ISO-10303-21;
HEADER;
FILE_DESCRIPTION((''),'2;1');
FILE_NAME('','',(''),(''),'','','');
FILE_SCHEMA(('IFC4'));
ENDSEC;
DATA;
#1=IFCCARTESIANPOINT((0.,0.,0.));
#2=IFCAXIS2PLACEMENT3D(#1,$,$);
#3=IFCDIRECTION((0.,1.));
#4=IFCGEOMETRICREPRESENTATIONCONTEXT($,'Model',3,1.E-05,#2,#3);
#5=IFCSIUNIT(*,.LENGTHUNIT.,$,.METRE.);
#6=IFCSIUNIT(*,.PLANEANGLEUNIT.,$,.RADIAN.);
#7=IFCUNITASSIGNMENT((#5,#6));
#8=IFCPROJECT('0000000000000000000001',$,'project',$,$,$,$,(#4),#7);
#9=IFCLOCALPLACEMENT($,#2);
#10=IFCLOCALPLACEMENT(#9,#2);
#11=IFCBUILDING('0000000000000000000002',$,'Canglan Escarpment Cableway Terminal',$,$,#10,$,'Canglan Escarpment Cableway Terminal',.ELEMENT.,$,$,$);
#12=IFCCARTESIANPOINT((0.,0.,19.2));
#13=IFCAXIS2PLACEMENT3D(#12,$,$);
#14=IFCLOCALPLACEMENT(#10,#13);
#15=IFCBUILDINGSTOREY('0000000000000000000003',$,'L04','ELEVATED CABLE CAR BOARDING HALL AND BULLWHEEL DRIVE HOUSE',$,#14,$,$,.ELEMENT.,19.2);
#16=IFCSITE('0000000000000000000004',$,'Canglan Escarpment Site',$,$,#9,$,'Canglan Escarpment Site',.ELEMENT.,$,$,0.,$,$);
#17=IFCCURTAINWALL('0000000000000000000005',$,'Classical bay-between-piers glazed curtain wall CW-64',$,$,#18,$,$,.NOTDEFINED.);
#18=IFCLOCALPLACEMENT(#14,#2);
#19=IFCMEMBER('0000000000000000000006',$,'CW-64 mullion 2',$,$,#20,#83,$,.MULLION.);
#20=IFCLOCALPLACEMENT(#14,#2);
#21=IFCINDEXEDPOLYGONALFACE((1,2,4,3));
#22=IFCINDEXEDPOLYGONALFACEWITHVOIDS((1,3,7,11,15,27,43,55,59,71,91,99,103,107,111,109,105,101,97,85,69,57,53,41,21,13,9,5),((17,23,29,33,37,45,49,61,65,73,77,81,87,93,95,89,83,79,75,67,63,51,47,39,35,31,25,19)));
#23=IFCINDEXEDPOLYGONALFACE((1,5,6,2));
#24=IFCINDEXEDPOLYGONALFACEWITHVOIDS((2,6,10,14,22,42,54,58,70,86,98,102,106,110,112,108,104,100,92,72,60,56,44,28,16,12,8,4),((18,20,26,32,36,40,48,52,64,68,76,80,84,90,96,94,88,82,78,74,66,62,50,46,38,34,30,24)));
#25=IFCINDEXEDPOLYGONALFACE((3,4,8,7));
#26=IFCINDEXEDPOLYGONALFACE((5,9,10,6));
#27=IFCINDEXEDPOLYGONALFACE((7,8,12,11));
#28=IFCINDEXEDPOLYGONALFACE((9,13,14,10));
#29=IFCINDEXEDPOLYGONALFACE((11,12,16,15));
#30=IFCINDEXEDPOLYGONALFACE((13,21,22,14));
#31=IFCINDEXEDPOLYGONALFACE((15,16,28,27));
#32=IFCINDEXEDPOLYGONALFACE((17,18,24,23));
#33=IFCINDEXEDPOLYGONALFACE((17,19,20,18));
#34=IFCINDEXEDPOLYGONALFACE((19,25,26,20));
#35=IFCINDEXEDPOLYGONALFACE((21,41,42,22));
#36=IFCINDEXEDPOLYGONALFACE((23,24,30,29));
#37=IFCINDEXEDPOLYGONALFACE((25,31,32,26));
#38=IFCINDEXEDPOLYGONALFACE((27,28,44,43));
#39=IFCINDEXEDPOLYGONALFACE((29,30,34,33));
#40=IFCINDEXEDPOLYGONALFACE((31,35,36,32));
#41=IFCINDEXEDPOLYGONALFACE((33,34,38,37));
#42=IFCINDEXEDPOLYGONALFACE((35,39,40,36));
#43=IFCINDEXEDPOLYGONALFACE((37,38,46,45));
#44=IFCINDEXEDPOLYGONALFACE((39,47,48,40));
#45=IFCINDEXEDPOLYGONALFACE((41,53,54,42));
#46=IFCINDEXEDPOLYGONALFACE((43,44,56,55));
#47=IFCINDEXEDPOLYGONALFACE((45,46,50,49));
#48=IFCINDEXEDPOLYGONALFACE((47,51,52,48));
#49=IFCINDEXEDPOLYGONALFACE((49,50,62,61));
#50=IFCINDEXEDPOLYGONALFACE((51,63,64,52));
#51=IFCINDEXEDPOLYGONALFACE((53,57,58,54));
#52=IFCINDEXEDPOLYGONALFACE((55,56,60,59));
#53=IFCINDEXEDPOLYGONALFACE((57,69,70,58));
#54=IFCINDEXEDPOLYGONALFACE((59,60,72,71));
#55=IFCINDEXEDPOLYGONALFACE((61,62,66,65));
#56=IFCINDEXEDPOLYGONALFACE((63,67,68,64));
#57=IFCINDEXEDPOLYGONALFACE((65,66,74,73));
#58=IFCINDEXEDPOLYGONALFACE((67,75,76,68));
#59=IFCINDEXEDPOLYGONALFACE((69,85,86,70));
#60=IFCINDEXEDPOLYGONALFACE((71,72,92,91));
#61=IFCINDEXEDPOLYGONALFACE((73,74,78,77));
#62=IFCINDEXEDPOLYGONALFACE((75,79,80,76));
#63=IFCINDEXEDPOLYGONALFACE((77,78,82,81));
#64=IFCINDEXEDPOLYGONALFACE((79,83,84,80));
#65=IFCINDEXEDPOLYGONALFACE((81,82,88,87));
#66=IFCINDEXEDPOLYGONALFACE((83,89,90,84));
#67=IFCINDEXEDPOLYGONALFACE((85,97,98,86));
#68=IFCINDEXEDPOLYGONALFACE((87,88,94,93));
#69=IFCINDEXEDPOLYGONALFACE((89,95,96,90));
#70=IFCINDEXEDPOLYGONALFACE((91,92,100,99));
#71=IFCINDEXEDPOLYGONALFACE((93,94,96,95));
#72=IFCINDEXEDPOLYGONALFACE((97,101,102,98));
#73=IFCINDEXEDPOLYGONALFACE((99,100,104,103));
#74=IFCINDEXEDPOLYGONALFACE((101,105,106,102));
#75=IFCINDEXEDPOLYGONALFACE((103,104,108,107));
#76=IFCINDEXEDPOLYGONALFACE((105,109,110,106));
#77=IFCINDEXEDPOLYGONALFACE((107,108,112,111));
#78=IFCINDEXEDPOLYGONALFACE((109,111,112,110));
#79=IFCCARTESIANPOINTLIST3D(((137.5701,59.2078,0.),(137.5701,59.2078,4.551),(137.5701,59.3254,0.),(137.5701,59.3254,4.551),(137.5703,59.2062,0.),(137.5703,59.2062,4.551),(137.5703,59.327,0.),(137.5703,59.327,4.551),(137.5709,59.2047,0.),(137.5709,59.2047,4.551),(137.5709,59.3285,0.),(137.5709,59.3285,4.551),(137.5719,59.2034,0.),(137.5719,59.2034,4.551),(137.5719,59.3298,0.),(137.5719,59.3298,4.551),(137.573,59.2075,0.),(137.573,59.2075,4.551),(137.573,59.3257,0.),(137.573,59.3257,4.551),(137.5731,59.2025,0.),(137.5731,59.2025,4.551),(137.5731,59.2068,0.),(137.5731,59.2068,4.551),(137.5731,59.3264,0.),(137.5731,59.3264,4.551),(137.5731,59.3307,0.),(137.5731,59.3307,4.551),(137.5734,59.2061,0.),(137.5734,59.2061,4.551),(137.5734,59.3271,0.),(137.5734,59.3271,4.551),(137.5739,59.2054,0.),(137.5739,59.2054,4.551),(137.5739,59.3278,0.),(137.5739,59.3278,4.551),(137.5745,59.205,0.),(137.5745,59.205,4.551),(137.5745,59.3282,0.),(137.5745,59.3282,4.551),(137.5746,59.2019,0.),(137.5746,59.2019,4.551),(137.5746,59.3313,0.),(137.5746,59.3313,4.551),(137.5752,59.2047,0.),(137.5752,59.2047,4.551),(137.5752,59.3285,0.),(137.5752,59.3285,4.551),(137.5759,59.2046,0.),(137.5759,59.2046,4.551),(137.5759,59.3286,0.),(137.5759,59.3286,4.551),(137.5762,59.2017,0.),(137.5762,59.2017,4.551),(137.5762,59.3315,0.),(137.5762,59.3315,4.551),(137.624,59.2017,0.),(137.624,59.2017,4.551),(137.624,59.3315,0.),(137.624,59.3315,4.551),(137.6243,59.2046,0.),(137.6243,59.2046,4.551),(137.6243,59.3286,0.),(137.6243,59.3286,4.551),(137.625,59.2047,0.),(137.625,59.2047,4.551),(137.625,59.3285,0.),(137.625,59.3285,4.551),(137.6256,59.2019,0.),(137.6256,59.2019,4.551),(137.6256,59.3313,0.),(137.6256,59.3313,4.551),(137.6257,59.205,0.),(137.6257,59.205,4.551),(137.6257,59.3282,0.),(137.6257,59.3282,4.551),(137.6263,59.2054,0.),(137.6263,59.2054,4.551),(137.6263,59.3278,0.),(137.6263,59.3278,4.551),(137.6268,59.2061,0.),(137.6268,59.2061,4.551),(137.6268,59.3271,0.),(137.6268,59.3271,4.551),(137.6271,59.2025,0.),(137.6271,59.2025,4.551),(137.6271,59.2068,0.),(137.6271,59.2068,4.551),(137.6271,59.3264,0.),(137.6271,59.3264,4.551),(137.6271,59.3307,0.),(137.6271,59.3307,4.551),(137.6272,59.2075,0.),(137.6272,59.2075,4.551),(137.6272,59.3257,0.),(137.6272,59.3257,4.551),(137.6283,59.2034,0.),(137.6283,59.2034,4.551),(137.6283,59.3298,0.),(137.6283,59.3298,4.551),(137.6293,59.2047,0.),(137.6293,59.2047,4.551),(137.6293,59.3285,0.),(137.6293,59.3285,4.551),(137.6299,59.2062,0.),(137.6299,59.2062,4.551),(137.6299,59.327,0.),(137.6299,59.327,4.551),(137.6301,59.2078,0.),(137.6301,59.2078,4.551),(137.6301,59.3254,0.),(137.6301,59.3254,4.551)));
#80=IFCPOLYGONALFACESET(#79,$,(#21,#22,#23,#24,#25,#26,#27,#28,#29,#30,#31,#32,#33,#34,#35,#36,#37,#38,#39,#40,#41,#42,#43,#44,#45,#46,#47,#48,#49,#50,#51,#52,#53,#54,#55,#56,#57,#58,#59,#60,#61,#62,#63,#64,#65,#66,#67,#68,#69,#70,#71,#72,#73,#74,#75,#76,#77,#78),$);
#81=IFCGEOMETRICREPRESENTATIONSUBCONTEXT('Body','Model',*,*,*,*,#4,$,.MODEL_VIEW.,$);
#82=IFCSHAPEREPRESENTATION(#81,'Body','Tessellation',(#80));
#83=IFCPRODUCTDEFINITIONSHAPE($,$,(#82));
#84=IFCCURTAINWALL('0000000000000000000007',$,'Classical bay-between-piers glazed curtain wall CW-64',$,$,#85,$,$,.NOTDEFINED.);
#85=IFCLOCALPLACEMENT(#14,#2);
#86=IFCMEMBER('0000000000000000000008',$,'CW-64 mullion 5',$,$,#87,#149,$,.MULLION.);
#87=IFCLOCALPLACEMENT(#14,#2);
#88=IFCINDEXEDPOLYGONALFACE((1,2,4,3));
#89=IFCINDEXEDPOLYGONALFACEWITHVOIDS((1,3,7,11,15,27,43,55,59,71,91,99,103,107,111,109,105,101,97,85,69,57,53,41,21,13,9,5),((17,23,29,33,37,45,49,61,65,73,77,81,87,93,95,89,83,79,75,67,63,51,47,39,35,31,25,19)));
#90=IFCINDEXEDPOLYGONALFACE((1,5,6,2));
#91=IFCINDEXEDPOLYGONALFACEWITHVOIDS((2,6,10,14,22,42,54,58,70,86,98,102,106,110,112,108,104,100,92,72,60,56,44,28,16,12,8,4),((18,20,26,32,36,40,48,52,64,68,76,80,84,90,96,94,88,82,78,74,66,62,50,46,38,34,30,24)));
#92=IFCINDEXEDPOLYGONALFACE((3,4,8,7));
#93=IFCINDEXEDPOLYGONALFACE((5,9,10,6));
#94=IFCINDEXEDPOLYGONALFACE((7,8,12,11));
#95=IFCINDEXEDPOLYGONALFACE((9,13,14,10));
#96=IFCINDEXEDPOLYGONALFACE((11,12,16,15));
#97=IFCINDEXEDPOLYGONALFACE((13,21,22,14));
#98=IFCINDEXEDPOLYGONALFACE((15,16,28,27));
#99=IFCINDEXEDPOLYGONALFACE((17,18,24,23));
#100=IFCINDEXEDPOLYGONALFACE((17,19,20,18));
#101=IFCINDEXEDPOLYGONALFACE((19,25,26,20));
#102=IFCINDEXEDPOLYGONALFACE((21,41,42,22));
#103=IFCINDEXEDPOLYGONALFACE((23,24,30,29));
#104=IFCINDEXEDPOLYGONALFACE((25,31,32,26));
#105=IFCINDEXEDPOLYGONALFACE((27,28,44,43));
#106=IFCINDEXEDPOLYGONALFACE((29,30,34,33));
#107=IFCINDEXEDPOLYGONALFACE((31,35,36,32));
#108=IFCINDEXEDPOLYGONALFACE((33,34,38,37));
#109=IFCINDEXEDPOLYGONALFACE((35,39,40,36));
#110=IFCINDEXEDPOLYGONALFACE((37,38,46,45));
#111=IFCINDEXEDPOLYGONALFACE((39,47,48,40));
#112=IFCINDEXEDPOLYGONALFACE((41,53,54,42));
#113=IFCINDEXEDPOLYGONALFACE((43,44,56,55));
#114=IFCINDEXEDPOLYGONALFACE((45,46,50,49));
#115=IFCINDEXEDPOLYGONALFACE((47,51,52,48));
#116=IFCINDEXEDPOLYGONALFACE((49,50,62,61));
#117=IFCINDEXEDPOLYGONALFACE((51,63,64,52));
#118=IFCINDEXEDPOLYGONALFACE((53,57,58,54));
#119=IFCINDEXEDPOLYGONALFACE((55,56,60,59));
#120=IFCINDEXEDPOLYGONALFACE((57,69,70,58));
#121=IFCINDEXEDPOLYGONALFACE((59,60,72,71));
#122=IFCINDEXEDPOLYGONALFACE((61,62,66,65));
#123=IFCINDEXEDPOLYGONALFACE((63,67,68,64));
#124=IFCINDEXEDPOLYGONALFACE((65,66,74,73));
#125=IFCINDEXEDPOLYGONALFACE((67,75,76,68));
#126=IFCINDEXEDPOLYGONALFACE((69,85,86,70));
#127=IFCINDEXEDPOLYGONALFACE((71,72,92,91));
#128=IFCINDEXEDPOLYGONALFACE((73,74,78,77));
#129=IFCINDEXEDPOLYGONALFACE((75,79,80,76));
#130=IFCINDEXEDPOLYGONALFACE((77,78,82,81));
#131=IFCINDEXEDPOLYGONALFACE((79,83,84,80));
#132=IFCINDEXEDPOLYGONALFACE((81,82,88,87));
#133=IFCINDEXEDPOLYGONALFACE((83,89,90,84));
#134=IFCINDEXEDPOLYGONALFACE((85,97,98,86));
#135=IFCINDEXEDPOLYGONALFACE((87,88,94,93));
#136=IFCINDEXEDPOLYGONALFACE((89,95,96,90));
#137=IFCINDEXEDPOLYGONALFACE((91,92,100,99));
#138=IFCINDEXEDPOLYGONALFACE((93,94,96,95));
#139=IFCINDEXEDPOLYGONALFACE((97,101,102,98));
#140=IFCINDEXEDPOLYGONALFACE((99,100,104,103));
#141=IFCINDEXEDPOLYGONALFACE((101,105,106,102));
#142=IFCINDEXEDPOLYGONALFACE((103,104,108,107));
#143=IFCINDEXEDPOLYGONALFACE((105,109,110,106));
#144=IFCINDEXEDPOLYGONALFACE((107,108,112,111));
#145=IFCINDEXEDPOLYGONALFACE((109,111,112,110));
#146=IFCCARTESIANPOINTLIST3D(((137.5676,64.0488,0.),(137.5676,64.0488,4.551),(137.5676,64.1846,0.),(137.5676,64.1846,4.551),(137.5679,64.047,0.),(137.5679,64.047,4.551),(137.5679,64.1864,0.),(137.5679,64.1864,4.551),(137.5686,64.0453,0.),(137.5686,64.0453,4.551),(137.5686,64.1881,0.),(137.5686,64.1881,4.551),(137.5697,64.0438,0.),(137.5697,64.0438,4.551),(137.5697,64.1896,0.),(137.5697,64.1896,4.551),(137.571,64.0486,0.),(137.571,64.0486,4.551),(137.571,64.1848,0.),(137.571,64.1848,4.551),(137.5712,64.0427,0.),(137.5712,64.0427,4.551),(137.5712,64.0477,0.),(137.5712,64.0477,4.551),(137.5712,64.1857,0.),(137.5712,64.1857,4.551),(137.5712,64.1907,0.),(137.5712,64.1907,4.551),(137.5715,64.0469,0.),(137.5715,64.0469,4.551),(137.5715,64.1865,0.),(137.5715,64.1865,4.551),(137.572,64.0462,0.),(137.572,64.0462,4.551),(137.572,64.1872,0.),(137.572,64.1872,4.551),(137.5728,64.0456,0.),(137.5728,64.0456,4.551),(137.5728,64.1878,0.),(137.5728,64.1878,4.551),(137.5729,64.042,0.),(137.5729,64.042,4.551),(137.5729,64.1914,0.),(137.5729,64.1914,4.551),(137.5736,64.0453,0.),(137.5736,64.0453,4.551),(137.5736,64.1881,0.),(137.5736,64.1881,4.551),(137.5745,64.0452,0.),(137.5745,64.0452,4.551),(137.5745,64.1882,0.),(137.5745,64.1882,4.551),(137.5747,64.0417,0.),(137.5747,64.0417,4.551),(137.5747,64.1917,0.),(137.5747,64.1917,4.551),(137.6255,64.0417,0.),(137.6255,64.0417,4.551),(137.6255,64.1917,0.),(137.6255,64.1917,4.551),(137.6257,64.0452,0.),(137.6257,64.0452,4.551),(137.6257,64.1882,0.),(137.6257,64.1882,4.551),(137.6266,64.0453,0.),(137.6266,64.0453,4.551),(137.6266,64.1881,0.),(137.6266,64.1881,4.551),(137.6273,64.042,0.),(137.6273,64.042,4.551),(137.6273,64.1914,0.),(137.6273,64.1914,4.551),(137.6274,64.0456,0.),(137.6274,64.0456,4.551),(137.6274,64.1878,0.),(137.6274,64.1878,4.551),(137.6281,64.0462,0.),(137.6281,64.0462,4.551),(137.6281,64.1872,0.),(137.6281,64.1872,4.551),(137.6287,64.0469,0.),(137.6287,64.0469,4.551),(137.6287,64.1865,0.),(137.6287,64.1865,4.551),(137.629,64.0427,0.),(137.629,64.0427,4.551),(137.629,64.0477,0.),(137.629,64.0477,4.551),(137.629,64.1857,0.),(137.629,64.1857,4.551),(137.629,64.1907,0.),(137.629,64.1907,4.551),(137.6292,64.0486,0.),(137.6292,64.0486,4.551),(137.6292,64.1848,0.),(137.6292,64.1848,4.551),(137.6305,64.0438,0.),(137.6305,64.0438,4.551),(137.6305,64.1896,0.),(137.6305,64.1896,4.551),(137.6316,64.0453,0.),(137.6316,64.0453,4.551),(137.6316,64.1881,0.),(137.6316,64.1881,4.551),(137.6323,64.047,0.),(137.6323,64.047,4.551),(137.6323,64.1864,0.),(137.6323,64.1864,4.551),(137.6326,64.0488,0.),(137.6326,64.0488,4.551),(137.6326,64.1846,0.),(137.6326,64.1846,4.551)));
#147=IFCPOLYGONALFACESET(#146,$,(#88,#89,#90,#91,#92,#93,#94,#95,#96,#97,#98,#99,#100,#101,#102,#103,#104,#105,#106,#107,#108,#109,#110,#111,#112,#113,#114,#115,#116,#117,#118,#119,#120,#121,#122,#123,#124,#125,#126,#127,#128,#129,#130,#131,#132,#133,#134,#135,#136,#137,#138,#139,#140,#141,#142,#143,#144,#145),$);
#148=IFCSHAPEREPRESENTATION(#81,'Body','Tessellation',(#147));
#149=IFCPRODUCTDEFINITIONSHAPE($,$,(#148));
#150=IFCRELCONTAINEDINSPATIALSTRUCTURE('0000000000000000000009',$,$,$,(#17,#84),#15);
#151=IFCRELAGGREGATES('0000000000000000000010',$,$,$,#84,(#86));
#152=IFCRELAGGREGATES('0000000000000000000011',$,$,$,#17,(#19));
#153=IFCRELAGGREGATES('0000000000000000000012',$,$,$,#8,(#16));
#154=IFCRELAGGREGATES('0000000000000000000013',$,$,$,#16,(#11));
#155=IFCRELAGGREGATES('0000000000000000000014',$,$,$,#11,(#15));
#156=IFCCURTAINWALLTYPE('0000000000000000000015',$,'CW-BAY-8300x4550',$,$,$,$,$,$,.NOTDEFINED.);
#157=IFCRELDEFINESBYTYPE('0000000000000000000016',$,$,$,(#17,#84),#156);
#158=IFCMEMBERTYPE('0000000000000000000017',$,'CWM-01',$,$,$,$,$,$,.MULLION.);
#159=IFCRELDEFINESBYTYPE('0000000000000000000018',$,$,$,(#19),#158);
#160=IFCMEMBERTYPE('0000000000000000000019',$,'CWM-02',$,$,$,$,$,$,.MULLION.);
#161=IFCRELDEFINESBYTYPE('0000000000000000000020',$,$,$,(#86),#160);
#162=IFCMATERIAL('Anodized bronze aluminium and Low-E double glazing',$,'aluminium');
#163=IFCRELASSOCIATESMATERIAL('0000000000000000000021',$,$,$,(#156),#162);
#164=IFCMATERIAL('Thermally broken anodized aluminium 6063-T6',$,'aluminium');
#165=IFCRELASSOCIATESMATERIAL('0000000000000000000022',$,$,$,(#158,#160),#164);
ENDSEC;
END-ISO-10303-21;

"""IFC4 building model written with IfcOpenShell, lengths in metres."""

from ifc_helpers import new_model, si_unit, direction, frame, origin, origin_2d, place, context, subcontext, project, spatial, hollow_rectangle, extrude, material, material_profile, profile_set, type_object, element, aggregate, save


model = new_model("IFC4")

# Units and contexts
model_context = context("Model", 3, precision=1e-05, world=origin(), true_north=direction((0.0, 1.0)))
body_context = subcontext(model_context, "Body", "Model", "MODEL_VIEW")
ifc_project = project(units=[si_unit("LENGTHUNIT", "METRE"), si_unit("PLANEANGLEUNIT", "RADIAN")], contexts=[model_context])

# Site, building, storey
site_placement = place(None, origin())
site = spatial("IfcSite", under=ifc_project, at=site_placement, Name="Canglan Escarpment Site", LongName="Canglan Escarpment Site", CompositionType="ELEMENT", RefElevation=0.0)
building_placement = place(site_placement, origin())
building = spatial("IfcBuilding", under=site, at=building_placement, Name="Canglan Escarpment Cableway Terminal", LongName="Canglan Escarpment Cableway Terminal", CompositionType="ELEMENT")
storey_placement = place(building_placement, frame((0.0, 0.0, 19.2)))
storey = spatial("IfcBuildingStorey", under=building, at=storey_placement, Name="L04", Description="ELEVATED CABLE CAR BOARDING HALL AND BULLWHEEL DRIVE HOUSE", CompositionType="ELEMENT", Elevation=19.2)

# Curtain walls, members
ifc_material_1 = material(Name="Anodized bronze aluminium and Low-E double glazing", Category="aluminium")
curtain_wall_type = type_object("IfcCurtainWallType", Name="CW-BAY-8300x4550", PredefinedType="NOTDEFINED", material=ifc_material_1)
curtain_wall_1_placement = place(storey_placement, origin())
curtain_wall_1 = element("IfcCurtainWall", 1, at=curtain_wall_1_placement, inside=storey, type_object=curtain_wall_type, Name="Classical bay-between-piers glazed curtain wall CW-64", PredefinedType="NOTDEFINED")
ifc_material_2 = material(Name="Thermally broken anodized aluminium 6063-T6", Category="aluminium")
ifc_material_profile_1 = material_profile(ifc_material_2, hollow_rectangle(XDim=0.0601, YDim=0.1299, WallThickness=0.0029, InnerFilletRadius=0.0029, OuterFilletRadius=0.0061, at=origin_2d()), Name="ALU-MULL 60x130x3")
ifc_profile_set_1 = profile_set([ifc_material_profile_1], Name="Thermally broken anodized aluminium 6063-T6")
member_type_1 = type_object("IfcMemberType", Name="CWM-01", PredefinedType="MULLION", material=ifc_profile_set_1)
member_1_placement = place(storey_placement, frame((137.6001, 59.2666, 0.0), z_axis=(0.0, 0.0, 1.0), x_axis=(1.0, 0.0, 0.0)))
member_1 = element("IfcMember", 2, at=member_1_placement, type_object=member_type_1, Name="CW-64 mullion 2", PredefinedType="MULLION", context=body_context, shape_type="SweptSolid", body=[
    extrude(hollow_rectangle(XDim=0.0601, YDim=0.1299, WallThickness=0.0029, InnerFilletRadius=0.0029, OuterFilletRadius=0.0061, at=origin_2d()), origin(), (0.0, 0.0, 1.0), 4.551),
])
curtain_wall_2_placement = place(storey_placement, origin())
curtain_wall_2 = element("IfcCurtainWall", 3, at=curtain_wall_2_placement, inside=storey, type_object=curtain_wall_type, Name="Classical bay-between-piers glazed curtain wall CW-64", PredefinedType="NOTDEFINED")
ifc_material_profile_2 = material_profile(ifc_material_2, hollow_rectangle(XDim=0.0649, YDim=0.1499, WallThickness=0.0034, InnerFilletRadius=0.0034, OuterFilletRadius=0.0071, at=origin_2d()), Name="ALU-MULL 65x150x3.5")
ifc_profile_set_2 = profile_set([ifc_material_profile_2], Name="Thermally broken anodized aluminium 6063-T6")
member_type_2 = type_object("IfcMemberType", Name="CWM-02", PredefinedType="MULLION", material=ifc_profile_set_2)
member_2_placement = place(storey_placement, frame((137.6001, 64.1167, 0.0), z_axis=(0.0, 0.0, 1.0), x_axis=(1.0, 0.0, 0.0)))
member_2 = element("IfcMember", 4, at=member_2_placement, type_object=member_type_2, Name="CW-64 mullion 5", PredefinedType="MULLION", context=body_context, shape_type="SweptSolid", body=[
    extrude(hollow_rectangle(XDim=0.0649, YDim=0.1499, WallThickness=0.0034, InnerFilletRadius=0.0034, OuterFilletRadius=0.0071, at=origin_2d()), origin(), (0.0, 0.0, 1.0), 4.551),
])

aggregate(curtain_wall_2, [member_2])
aggregate(curtain_wall_1, [member_1])

save(model, "model.ifc")
